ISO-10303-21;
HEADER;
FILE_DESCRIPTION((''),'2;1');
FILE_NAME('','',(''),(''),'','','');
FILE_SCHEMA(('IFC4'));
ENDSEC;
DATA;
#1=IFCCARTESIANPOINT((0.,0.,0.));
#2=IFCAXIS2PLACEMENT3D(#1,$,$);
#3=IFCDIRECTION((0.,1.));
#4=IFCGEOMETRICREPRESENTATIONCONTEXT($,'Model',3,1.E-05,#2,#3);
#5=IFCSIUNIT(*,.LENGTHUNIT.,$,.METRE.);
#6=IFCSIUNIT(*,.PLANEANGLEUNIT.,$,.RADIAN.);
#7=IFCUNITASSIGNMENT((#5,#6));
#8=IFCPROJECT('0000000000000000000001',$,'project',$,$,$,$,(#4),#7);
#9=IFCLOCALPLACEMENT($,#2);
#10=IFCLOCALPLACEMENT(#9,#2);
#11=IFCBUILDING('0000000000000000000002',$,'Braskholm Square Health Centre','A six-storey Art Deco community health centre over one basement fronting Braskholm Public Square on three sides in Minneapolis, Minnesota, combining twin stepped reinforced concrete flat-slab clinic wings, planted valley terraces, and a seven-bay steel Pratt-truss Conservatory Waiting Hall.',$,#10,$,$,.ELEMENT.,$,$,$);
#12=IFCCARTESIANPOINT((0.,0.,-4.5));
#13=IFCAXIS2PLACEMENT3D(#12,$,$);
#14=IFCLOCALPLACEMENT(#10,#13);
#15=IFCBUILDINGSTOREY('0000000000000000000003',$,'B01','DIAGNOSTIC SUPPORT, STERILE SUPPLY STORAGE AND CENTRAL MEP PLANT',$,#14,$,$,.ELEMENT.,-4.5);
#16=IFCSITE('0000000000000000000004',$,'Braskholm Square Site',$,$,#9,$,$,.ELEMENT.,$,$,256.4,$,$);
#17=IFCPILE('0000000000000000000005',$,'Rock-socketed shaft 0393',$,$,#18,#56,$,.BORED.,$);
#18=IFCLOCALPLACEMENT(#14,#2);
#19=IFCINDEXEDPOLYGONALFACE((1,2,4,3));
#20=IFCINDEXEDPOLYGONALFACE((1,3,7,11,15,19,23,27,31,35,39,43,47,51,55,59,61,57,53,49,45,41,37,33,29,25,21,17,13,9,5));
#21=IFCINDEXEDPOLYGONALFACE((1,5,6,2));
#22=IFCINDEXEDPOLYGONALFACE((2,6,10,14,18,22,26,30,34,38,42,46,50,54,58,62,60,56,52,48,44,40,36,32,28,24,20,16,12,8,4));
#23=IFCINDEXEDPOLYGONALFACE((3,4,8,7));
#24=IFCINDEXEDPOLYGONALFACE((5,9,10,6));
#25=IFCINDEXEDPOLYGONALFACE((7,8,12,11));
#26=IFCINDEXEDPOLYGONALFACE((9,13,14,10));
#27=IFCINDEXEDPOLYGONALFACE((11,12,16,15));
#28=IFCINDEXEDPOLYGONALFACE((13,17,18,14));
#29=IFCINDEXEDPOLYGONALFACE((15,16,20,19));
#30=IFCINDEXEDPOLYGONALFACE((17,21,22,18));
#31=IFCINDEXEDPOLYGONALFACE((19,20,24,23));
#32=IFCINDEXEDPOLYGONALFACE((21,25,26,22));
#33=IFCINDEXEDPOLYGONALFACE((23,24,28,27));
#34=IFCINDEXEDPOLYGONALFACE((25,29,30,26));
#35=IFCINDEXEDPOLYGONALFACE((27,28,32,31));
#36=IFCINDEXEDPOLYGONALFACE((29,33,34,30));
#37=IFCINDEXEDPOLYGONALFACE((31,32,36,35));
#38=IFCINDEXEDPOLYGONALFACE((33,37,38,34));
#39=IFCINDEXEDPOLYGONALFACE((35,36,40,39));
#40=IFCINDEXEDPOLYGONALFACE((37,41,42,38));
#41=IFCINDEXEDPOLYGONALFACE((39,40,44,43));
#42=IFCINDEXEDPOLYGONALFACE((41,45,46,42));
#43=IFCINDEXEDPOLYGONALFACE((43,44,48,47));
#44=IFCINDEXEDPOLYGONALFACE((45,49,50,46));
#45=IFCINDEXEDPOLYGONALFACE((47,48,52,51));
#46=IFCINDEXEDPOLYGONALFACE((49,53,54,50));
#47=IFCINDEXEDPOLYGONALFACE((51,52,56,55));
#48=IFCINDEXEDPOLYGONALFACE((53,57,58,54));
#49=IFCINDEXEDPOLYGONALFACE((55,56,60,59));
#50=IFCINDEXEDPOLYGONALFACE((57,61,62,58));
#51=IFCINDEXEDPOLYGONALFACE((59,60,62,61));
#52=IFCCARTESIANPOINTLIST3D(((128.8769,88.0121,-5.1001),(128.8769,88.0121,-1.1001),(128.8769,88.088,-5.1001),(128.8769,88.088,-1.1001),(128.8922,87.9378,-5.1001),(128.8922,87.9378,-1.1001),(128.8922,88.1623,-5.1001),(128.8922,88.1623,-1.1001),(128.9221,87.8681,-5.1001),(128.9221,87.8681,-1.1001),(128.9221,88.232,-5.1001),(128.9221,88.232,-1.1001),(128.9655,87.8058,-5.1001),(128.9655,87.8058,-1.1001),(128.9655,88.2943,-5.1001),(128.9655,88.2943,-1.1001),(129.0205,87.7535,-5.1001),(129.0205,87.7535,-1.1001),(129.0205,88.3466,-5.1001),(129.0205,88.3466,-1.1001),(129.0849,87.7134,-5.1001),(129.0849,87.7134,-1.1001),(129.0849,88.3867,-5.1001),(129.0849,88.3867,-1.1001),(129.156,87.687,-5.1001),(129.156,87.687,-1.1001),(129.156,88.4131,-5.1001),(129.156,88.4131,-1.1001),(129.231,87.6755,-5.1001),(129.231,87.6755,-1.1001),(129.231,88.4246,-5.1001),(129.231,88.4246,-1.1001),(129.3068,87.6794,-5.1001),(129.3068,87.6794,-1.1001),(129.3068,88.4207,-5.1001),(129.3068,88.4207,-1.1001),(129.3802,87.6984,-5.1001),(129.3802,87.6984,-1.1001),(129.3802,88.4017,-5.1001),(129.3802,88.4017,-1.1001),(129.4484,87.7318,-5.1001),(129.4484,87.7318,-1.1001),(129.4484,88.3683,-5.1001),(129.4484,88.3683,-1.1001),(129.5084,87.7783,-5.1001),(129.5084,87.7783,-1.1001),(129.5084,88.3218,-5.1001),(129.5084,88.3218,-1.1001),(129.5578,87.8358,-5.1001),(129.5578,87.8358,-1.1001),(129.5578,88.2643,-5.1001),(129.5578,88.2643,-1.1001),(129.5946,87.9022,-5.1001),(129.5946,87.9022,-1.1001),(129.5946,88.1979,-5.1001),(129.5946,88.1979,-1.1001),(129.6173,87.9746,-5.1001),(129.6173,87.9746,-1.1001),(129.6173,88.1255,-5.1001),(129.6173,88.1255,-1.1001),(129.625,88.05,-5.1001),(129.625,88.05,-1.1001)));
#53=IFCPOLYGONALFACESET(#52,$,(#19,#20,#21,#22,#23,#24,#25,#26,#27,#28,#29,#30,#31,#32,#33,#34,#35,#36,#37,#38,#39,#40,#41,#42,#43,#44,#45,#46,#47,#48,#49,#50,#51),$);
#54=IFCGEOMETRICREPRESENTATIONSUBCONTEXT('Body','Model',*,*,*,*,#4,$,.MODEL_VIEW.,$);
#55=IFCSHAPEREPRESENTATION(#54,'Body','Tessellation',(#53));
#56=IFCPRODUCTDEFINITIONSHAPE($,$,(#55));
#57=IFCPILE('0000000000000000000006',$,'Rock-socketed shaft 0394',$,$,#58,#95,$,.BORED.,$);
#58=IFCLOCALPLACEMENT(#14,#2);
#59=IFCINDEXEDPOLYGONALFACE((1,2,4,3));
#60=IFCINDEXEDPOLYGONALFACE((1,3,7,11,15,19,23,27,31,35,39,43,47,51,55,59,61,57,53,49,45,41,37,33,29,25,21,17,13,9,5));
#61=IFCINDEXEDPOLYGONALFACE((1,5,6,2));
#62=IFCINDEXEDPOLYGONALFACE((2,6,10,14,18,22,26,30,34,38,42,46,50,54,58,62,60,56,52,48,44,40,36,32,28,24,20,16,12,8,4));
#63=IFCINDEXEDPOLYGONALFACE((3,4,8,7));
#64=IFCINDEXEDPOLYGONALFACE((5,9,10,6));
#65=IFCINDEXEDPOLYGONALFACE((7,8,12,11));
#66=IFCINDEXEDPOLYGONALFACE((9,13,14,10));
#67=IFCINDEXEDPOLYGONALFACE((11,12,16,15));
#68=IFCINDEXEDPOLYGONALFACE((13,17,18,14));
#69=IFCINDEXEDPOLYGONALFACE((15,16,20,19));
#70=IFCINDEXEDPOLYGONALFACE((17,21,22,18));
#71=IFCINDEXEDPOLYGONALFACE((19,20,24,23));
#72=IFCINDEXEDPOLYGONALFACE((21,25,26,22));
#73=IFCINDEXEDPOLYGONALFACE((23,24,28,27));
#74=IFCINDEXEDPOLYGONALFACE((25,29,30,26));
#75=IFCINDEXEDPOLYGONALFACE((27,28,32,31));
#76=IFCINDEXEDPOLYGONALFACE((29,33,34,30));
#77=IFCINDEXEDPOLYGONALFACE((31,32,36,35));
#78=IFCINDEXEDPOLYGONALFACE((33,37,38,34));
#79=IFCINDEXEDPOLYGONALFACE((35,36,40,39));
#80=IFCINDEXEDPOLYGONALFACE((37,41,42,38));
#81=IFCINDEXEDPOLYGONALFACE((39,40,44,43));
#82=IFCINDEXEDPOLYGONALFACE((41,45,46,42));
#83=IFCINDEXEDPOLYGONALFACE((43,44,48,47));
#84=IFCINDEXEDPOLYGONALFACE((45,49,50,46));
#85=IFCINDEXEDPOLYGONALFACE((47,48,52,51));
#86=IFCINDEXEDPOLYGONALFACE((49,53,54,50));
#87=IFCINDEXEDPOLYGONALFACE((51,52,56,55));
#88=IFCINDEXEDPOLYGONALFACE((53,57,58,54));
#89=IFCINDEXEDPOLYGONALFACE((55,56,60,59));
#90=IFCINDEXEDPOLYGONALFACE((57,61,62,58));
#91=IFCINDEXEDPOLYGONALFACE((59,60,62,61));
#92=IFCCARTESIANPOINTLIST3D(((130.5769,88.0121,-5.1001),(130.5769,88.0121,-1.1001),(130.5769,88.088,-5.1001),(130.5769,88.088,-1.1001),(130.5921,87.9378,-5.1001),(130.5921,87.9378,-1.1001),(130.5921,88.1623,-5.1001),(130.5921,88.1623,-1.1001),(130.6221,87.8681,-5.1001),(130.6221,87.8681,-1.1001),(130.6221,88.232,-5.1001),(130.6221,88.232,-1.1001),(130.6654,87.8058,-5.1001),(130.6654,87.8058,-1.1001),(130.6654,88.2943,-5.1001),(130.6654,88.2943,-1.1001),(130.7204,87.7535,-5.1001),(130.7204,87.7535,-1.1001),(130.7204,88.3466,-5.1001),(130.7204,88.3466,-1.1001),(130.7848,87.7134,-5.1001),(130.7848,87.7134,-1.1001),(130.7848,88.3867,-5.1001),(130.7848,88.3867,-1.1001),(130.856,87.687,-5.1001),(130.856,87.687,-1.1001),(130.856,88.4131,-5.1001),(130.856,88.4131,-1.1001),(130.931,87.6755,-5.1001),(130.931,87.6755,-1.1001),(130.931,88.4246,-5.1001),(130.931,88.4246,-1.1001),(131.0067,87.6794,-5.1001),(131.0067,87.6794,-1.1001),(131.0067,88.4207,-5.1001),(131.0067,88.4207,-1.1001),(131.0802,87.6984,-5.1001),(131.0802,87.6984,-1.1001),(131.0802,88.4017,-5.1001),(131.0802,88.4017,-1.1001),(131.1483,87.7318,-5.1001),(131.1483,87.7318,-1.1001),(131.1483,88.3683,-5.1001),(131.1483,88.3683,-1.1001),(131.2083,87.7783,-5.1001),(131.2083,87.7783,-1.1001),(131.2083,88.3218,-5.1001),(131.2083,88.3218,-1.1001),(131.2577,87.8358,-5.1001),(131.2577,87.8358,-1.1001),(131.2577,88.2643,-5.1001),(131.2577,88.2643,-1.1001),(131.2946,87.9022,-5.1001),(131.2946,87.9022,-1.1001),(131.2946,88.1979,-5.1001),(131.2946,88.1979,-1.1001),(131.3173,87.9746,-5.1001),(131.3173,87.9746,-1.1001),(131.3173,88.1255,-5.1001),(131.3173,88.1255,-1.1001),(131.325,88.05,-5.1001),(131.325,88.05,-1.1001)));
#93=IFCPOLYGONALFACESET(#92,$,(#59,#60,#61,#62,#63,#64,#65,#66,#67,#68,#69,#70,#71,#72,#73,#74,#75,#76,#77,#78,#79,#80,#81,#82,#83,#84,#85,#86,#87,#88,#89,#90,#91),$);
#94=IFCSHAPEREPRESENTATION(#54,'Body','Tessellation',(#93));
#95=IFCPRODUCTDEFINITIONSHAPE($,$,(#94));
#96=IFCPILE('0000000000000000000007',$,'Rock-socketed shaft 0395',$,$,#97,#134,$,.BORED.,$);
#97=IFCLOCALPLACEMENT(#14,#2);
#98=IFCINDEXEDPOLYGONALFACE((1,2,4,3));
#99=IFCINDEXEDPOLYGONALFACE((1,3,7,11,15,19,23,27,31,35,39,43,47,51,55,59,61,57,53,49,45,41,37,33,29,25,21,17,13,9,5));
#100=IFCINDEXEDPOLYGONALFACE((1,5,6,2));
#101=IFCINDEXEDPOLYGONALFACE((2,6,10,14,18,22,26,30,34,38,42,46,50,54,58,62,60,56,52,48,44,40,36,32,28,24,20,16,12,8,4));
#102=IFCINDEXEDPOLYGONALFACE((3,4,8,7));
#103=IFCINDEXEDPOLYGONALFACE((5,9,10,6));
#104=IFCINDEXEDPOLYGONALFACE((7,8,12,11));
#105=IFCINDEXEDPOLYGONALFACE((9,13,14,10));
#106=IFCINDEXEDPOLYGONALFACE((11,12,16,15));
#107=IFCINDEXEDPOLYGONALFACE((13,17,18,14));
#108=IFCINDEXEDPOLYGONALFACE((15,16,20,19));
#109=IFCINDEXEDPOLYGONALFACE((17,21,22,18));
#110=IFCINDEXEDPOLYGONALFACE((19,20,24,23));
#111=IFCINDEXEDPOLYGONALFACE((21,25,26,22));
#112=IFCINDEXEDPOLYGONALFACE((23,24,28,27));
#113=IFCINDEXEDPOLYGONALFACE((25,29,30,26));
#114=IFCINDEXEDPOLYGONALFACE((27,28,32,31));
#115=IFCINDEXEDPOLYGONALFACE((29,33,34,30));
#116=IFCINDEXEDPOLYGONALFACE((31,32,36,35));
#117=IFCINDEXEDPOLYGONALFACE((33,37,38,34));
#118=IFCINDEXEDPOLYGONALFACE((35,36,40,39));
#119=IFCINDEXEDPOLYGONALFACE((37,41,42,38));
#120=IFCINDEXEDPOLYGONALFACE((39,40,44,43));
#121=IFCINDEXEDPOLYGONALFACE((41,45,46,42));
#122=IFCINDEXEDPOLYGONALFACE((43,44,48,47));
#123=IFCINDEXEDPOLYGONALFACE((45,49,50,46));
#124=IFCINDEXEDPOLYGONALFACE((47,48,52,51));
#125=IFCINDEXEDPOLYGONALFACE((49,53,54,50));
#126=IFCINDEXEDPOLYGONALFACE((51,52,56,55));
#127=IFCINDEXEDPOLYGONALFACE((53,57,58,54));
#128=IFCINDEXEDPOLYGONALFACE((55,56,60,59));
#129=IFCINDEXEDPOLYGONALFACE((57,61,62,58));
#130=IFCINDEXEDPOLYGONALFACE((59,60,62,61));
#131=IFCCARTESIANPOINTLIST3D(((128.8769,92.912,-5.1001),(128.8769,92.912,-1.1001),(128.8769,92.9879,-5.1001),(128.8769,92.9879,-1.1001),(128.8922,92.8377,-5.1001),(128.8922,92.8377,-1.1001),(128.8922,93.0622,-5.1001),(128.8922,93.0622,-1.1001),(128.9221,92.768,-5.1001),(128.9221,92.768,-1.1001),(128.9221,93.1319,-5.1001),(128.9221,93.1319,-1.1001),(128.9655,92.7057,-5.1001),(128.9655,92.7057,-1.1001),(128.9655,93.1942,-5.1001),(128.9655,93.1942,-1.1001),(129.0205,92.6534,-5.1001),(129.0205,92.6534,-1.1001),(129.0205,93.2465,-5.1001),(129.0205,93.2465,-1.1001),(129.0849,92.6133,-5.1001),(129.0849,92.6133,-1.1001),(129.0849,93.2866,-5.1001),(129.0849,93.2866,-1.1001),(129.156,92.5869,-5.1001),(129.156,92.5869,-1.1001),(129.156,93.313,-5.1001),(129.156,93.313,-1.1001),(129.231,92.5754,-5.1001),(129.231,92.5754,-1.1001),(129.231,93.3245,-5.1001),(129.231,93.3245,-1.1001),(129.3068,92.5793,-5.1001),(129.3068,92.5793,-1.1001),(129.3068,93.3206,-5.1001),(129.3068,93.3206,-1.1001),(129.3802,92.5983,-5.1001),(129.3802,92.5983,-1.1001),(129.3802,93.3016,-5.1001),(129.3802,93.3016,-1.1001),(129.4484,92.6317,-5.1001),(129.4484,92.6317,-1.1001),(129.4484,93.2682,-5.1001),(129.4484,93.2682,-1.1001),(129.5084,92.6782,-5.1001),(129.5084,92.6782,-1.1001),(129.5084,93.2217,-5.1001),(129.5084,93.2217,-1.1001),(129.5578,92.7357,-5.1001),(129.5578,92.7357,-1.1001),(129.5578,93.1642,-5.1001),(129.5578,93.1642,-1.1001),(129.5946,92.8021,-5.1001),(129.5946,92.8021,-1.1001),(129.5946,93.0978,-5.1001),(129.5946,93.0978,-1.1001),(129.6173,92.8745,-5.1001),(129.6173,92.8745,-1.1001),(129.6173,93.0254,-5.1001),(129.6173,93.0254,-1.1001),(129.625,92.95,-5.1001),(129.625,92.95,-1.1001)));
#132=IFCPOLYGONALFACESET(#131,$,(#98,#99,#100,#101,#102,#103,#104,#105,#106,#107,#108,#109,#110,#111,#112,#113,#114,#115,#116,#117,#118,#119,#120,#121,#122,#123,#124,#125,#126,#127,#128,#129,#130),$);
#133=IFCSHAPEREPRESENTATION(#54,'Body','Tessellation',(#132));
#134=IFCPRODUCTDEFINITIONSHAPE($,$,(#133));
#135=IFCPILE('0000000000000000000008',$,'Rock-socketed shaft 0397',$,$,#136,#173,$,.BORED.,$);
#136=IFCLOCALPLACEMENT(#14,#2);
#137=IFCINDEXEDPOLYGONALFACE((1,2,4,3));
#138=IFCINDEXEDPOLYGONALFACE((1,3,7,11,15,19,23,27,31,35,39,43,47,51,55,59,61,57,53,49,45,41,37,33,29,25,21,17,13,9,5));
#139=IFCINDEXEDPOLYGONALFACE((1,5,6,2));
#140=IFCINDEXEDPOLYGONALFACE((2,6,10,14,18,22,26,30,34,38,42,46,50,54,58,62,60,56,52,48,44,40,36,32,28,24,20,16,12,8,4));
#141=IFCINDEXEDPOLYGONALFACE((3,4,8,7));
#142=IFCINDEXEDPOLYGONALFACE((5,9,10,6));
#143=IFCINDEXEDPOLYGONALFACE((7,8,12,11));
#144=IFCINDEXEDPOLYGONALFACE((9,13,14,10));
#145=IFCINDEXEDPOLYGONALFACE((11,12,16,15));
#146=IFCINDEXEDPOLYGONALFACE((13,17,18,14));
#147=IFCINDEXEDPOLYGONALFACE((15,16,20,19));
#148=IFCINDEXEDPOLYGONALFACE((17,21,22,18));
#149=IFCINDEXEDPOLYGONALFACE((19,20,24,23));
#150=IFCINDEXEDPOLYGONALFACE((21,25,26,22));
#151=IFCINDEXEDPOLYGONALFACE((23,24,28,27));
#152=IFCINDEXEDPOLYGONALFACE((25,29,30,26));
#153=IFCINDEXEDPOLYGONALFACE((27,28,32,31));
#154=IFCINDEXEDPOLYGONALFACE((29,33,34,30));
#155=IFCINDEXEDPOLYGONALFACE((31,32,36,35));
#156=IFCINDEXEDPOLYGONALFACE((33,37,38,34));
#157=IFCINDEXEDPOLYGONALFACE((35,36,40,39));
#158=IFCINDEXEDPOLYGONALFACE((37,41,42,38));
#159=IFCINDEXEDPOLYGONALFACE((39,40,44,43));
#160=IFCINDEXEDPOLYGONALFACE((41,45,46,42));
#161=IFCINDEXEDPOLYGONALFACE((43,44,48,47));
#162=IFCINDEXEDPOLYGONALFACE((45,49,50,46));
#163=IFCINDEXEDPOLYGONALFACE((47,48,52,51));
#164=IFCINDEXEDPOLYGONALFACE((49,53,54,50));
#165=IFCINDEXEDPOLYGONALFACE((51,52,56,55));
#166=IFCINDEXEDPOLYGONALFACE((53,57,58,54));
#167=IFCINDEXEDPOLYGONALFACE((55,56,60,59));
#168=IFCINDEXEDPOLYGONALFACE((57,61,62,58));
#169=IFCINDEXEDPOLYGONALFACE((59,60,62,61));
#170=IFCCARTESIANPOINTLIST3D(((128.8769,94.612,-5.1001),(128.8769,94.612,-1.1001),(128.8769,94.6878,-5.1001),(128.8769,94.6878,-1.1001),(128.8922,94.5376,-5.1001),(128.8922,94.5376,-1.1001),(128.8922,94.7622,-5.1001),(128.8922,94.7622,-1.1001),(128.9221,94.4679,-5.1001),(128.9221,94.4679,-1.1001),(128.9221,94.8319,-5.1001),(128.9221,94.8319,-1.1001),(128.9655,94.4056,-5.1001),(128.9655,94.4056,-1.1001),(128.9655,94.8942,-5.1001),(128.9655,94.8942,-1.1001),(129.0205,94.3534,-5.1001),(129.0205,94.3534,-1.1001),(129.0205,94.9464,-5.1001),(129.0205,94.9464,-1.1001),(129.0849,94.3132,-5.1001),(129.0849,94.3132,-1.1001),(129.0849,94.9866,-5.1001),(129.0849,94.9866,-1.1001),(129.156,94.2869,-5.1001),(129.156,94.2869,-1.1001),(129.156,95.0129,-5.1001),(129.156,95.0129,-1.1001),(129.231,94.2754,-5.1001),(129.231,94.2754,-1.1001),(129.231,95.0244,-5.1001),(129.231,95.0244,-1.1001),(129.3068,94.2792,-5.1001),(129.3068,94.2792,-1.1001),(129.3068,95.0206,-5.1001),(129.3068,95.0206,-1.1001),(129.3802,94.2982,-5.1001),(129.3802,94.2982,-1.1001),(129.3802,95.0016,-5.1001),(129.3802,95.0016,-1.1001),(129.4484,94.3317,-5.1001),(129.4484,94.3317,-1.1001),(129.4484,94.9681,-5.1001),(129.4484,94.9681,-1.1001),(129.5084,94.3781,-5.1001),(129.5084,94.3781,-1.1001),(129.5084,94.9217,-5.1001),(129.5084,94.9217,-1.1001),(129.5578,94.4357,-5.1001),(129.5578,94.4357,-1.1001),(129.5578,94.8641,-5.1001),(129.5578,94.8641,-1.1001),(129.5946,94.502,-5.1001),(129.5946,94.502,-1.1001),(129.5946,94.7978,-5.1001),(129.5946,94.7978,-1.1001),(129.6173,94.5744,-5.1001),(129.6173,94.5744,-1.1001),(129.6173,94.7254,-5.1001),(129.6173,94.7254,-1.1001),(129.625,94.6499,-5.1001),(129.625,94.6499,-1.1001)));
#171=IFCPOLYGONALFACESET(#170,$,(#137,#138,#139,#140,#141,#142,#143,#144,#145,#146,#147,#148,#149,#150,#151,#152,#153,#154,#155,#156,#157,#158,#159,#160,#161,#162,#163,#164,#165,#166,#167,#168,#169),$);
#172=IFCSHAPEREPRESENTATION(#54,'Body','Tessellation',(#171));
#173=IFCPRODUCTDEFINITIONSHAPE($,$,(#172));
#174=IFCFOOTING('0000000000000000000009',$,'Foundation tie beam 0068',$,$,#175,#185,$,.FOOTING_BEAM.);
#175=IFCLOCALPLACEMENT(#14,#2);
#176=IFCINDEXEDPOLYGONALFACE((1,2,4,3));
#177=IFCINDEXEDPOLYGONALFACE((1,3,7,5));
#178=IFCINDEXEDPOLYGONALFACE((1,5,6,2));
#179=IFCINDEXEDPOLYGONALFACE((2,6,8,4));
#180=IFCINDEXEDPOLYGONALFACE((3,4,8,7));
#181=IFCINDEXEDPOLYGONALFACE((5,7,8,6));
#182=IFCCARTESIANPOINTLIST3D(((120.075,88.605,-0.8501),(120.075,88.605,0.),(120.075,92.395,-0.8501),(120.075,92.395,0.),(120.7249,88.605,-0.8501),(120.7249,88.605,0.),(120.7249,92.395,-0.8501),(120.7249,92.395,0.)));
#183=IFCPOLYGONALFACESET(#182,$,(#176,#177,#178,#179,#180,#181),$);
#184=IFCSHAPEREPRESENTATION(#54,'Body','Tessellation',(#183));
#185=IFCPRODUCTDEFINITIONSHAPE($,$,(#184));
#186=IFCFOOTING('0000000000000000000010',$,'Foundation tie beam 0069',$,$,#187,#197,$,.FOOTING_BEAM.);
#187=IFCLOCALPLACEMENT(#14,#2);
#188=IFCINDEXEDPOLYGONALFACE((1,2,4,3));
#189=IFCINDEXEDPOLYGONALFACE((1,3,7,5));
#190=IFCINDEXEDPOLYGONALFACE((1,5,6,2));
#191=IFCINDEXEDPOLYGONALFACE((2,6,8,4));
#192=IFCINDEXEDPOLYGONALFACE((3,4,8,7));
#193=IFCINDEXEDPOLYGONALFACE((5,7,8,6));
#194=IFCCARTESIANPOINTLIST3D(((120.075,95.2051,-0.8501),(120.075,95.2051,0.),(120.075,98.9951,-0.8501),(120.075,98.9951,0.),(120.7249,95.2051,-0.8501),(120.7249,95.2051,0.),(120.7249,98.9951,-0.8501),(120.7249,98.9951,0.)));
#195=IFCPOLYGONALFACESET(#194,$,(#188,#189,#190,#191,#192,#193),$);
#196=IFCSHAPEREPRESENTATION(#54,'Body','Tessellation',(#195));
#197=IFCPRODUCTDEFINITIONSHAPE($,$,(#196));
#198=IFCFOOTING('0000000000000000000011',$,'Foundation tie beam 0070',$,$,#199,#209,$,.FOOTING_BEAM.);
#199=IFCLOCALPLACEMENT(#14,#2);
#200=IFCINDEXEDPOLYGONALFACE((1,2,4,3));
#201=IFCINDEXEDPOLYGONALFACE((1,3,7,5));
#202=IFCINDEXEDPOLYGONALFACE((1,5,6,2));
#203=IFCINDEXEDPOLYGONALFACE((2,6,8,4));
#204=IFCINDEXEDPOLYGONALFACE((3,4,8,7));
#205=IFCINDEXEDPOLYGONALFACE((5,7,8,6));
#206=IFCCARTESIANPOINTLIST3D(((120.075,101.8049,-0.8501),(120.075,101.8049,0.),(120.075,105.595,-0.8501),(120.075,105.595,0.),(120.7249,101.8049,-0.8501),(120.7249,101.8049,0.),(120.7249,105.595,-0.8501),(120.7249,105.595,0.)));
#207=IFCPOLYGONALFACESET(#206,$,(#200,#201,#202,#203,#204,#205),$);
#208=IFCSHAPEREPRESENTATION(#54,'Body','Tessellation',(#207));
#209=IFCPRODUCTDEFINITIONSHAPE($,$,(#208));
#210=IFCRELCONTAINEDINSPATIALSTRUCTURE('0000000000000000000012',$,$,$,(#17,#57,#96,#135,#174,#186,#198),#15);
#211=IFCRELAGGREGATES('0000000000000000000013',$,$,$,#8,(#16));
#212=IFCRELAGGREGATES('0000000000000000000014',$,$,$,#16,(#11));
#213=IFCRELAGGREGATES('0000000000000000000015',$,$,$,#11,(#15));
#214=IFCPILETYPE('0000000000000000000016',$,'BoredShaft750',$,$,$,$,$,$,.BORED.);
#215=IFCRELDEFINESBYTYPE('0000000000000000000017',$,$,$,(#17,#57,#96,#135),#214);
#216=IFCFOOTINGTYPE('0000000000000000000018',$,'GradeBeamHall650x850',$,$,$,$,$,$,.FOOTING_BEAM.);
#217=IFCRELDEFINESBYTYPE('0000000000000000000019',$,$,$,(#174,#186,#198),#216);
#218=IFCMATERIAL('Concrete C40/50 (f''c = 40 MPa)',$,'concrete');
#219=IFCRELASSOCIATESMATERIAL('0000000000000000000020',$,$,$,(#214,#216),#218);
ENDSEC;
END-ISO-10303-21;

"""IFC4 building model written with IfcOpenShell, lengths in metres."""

from ifc_helpers import new_model, si_unit, direction, frame, origin, origin_2d, place, context, subcontext, project, spatial, rectangle, circle, extrude, material, material_profile, profile_set, type_object, element, save


model = new_model("IFC4")

# Units and contexts
model_context = context("Model", 3, precision=1e-05, world=origin(), true_north=direction((0.0, 1.0)))
body_context = subcontext(model_context, "Body", "Model", "MODEL_VIEW")
ifc_project = project(units=[si_unit("LENGTHUNIT", "METRE"), si_unit("PLANEANGLEUNIT", "RADIAN")], contexts=[model_context])

# Site, building, storey
site_placement = place(None, origin())
site = spatial("IfcSite", under=ifc_project, at=site_placement, Name="Braskholm Square Site", CompositionType="ELEMENT", RefElevation=256.4)
building_placement = place(site_placement, origin())
building = spatial("IfcBuilding", under=site, at=building_placement, Name="Braskholm Square Health Centre", Description="A six-storey Art Deco community health centre over one basement fronting Braskholm Public Square on three sides in Minneapolis, Minnesota, combining twin stepped reinforced concrete flat-slab clinic wings, planted valley terraces, and a seven-bay steel Pratt-truss Conservatory Waiting Hall.", CompositionType="ELEMENT")
storey_placement = place(building_placement, frame((0.0, 0.0, -4.5)))
storey = spatial("IfcBuildingStorey", under=building, at=storey_placement, Name="B01", Description="DIAGNOSTIC SUPPORT, STERILE SUPPLY STORAGE AND CENTRAL MEP PLANT", CompositionType="ELEMENT", Elevation=-4.5)

# Piles
ifc_material_1 = material(Name="Concrete C40/50 (f'c = 40 MPa)", Category="concrete")
ifc_material_profile_1 = material_profile(ifc_material_1, circle(Radius=0.375, at=origin_2d()), Name="BORED-PILE-750")
ifc_profile_set_1 = profile_set([ifc_material_profile_1], Name="Concrete C40/50 (f'c = 40 MPa)")
pile_type = type_object("IfcPileType", Name="BoredShaft750", PredefinedType="BORED", material=ifc_profile_set_1)
for number, where, z_axis, x_axis, name in (
    (1, (129.25, 88.05, -1.1001), (0.0, 0.0, -1.0), (1.0, 0.0, 0.0), "Rock-socketed shaft 0393"),
    (2, (130.95, 88.05, -1.1001), (0.0, 0.0, -1.0), (1.0, 0.0, 0.0), "Rock-socketed shaft 0394"),
    (3, (129.25, 92.95, -1.1001), (0.0, 0.0, -1.0), (1.0, 0.0, 0.0), "Rock-socketed shaft 0395"),
    (4, (129.25, 94.6499, -1.1001), (0.0, 0.0, -1.0), (1.0, 0.0, 0.0), "Rock-socketed shaft 0397"),
):
    element("IfcPile", number, at=place(storey_placement, frame(where, z_axis=z_axis, x_axis=x_axis)), inside=storey, type_object=pile_type, Name=name, PredefinedType="BORED", context=body_context, shape_type="SweptSolid", body=[
        extrude(circle(Radius=0.375, at=origin_2d()), origin(), (0.0, 0.0, 1.0), 4.0),
    ])

# Footings
ifc_material_profile_2 = material_profile(ifc_material_1, rectangle(XDim=0.6499, YDim=0.8501, at=origin_2d()), Name="FTG-650X850")
ifc_profile_set_2 = profile_set([ifc_material_profile_2], Name="Concrete C40/50 (f'c = 40 MPa)")
footing_type_1 = type_object("IfcFootingType", Name="GradeBeamHall650x850", PredefinedType="FOOTING_BEAM", material=ifc_profile_set_2)
for number, where, z_axis, x_axis, name in (
    (5, (120.3999, 88.605, -0.425), (0.0, 1.0, 0.0), (-1.0, 0.0, 0.0), "Foundation tie beam 0068"),
    (6, (120.3999, 95.2051, -0.425), (0.0, 1.0, 0.0), (-1.0, 0.0, 0.0), "Foundation tie beam 0069"),
    (7, (120.3999, 101.8049, -0.425), (0.0, 1.0, 0.0), (-1.0, 0.0, 0.0), "Foundation tie beam 0070"),
):
    element("IfcFooting", number, at=place(storey_placement, frame(where, z_axis=z_axis, x_axis=x_axis)), inside=storey, type_object=footing_type_1, Name=name, PredefinedType="FOOTING_BEAM", context=body_context, shape_type="SweptSolid", body=[
        extrude(rectangle(XDim=0.6499, YDim=0.8501, at=origin_2d()), origin(), (0.0, 0.0, 1.0), 3.79),
    ])

save(model, "model.ifc")
